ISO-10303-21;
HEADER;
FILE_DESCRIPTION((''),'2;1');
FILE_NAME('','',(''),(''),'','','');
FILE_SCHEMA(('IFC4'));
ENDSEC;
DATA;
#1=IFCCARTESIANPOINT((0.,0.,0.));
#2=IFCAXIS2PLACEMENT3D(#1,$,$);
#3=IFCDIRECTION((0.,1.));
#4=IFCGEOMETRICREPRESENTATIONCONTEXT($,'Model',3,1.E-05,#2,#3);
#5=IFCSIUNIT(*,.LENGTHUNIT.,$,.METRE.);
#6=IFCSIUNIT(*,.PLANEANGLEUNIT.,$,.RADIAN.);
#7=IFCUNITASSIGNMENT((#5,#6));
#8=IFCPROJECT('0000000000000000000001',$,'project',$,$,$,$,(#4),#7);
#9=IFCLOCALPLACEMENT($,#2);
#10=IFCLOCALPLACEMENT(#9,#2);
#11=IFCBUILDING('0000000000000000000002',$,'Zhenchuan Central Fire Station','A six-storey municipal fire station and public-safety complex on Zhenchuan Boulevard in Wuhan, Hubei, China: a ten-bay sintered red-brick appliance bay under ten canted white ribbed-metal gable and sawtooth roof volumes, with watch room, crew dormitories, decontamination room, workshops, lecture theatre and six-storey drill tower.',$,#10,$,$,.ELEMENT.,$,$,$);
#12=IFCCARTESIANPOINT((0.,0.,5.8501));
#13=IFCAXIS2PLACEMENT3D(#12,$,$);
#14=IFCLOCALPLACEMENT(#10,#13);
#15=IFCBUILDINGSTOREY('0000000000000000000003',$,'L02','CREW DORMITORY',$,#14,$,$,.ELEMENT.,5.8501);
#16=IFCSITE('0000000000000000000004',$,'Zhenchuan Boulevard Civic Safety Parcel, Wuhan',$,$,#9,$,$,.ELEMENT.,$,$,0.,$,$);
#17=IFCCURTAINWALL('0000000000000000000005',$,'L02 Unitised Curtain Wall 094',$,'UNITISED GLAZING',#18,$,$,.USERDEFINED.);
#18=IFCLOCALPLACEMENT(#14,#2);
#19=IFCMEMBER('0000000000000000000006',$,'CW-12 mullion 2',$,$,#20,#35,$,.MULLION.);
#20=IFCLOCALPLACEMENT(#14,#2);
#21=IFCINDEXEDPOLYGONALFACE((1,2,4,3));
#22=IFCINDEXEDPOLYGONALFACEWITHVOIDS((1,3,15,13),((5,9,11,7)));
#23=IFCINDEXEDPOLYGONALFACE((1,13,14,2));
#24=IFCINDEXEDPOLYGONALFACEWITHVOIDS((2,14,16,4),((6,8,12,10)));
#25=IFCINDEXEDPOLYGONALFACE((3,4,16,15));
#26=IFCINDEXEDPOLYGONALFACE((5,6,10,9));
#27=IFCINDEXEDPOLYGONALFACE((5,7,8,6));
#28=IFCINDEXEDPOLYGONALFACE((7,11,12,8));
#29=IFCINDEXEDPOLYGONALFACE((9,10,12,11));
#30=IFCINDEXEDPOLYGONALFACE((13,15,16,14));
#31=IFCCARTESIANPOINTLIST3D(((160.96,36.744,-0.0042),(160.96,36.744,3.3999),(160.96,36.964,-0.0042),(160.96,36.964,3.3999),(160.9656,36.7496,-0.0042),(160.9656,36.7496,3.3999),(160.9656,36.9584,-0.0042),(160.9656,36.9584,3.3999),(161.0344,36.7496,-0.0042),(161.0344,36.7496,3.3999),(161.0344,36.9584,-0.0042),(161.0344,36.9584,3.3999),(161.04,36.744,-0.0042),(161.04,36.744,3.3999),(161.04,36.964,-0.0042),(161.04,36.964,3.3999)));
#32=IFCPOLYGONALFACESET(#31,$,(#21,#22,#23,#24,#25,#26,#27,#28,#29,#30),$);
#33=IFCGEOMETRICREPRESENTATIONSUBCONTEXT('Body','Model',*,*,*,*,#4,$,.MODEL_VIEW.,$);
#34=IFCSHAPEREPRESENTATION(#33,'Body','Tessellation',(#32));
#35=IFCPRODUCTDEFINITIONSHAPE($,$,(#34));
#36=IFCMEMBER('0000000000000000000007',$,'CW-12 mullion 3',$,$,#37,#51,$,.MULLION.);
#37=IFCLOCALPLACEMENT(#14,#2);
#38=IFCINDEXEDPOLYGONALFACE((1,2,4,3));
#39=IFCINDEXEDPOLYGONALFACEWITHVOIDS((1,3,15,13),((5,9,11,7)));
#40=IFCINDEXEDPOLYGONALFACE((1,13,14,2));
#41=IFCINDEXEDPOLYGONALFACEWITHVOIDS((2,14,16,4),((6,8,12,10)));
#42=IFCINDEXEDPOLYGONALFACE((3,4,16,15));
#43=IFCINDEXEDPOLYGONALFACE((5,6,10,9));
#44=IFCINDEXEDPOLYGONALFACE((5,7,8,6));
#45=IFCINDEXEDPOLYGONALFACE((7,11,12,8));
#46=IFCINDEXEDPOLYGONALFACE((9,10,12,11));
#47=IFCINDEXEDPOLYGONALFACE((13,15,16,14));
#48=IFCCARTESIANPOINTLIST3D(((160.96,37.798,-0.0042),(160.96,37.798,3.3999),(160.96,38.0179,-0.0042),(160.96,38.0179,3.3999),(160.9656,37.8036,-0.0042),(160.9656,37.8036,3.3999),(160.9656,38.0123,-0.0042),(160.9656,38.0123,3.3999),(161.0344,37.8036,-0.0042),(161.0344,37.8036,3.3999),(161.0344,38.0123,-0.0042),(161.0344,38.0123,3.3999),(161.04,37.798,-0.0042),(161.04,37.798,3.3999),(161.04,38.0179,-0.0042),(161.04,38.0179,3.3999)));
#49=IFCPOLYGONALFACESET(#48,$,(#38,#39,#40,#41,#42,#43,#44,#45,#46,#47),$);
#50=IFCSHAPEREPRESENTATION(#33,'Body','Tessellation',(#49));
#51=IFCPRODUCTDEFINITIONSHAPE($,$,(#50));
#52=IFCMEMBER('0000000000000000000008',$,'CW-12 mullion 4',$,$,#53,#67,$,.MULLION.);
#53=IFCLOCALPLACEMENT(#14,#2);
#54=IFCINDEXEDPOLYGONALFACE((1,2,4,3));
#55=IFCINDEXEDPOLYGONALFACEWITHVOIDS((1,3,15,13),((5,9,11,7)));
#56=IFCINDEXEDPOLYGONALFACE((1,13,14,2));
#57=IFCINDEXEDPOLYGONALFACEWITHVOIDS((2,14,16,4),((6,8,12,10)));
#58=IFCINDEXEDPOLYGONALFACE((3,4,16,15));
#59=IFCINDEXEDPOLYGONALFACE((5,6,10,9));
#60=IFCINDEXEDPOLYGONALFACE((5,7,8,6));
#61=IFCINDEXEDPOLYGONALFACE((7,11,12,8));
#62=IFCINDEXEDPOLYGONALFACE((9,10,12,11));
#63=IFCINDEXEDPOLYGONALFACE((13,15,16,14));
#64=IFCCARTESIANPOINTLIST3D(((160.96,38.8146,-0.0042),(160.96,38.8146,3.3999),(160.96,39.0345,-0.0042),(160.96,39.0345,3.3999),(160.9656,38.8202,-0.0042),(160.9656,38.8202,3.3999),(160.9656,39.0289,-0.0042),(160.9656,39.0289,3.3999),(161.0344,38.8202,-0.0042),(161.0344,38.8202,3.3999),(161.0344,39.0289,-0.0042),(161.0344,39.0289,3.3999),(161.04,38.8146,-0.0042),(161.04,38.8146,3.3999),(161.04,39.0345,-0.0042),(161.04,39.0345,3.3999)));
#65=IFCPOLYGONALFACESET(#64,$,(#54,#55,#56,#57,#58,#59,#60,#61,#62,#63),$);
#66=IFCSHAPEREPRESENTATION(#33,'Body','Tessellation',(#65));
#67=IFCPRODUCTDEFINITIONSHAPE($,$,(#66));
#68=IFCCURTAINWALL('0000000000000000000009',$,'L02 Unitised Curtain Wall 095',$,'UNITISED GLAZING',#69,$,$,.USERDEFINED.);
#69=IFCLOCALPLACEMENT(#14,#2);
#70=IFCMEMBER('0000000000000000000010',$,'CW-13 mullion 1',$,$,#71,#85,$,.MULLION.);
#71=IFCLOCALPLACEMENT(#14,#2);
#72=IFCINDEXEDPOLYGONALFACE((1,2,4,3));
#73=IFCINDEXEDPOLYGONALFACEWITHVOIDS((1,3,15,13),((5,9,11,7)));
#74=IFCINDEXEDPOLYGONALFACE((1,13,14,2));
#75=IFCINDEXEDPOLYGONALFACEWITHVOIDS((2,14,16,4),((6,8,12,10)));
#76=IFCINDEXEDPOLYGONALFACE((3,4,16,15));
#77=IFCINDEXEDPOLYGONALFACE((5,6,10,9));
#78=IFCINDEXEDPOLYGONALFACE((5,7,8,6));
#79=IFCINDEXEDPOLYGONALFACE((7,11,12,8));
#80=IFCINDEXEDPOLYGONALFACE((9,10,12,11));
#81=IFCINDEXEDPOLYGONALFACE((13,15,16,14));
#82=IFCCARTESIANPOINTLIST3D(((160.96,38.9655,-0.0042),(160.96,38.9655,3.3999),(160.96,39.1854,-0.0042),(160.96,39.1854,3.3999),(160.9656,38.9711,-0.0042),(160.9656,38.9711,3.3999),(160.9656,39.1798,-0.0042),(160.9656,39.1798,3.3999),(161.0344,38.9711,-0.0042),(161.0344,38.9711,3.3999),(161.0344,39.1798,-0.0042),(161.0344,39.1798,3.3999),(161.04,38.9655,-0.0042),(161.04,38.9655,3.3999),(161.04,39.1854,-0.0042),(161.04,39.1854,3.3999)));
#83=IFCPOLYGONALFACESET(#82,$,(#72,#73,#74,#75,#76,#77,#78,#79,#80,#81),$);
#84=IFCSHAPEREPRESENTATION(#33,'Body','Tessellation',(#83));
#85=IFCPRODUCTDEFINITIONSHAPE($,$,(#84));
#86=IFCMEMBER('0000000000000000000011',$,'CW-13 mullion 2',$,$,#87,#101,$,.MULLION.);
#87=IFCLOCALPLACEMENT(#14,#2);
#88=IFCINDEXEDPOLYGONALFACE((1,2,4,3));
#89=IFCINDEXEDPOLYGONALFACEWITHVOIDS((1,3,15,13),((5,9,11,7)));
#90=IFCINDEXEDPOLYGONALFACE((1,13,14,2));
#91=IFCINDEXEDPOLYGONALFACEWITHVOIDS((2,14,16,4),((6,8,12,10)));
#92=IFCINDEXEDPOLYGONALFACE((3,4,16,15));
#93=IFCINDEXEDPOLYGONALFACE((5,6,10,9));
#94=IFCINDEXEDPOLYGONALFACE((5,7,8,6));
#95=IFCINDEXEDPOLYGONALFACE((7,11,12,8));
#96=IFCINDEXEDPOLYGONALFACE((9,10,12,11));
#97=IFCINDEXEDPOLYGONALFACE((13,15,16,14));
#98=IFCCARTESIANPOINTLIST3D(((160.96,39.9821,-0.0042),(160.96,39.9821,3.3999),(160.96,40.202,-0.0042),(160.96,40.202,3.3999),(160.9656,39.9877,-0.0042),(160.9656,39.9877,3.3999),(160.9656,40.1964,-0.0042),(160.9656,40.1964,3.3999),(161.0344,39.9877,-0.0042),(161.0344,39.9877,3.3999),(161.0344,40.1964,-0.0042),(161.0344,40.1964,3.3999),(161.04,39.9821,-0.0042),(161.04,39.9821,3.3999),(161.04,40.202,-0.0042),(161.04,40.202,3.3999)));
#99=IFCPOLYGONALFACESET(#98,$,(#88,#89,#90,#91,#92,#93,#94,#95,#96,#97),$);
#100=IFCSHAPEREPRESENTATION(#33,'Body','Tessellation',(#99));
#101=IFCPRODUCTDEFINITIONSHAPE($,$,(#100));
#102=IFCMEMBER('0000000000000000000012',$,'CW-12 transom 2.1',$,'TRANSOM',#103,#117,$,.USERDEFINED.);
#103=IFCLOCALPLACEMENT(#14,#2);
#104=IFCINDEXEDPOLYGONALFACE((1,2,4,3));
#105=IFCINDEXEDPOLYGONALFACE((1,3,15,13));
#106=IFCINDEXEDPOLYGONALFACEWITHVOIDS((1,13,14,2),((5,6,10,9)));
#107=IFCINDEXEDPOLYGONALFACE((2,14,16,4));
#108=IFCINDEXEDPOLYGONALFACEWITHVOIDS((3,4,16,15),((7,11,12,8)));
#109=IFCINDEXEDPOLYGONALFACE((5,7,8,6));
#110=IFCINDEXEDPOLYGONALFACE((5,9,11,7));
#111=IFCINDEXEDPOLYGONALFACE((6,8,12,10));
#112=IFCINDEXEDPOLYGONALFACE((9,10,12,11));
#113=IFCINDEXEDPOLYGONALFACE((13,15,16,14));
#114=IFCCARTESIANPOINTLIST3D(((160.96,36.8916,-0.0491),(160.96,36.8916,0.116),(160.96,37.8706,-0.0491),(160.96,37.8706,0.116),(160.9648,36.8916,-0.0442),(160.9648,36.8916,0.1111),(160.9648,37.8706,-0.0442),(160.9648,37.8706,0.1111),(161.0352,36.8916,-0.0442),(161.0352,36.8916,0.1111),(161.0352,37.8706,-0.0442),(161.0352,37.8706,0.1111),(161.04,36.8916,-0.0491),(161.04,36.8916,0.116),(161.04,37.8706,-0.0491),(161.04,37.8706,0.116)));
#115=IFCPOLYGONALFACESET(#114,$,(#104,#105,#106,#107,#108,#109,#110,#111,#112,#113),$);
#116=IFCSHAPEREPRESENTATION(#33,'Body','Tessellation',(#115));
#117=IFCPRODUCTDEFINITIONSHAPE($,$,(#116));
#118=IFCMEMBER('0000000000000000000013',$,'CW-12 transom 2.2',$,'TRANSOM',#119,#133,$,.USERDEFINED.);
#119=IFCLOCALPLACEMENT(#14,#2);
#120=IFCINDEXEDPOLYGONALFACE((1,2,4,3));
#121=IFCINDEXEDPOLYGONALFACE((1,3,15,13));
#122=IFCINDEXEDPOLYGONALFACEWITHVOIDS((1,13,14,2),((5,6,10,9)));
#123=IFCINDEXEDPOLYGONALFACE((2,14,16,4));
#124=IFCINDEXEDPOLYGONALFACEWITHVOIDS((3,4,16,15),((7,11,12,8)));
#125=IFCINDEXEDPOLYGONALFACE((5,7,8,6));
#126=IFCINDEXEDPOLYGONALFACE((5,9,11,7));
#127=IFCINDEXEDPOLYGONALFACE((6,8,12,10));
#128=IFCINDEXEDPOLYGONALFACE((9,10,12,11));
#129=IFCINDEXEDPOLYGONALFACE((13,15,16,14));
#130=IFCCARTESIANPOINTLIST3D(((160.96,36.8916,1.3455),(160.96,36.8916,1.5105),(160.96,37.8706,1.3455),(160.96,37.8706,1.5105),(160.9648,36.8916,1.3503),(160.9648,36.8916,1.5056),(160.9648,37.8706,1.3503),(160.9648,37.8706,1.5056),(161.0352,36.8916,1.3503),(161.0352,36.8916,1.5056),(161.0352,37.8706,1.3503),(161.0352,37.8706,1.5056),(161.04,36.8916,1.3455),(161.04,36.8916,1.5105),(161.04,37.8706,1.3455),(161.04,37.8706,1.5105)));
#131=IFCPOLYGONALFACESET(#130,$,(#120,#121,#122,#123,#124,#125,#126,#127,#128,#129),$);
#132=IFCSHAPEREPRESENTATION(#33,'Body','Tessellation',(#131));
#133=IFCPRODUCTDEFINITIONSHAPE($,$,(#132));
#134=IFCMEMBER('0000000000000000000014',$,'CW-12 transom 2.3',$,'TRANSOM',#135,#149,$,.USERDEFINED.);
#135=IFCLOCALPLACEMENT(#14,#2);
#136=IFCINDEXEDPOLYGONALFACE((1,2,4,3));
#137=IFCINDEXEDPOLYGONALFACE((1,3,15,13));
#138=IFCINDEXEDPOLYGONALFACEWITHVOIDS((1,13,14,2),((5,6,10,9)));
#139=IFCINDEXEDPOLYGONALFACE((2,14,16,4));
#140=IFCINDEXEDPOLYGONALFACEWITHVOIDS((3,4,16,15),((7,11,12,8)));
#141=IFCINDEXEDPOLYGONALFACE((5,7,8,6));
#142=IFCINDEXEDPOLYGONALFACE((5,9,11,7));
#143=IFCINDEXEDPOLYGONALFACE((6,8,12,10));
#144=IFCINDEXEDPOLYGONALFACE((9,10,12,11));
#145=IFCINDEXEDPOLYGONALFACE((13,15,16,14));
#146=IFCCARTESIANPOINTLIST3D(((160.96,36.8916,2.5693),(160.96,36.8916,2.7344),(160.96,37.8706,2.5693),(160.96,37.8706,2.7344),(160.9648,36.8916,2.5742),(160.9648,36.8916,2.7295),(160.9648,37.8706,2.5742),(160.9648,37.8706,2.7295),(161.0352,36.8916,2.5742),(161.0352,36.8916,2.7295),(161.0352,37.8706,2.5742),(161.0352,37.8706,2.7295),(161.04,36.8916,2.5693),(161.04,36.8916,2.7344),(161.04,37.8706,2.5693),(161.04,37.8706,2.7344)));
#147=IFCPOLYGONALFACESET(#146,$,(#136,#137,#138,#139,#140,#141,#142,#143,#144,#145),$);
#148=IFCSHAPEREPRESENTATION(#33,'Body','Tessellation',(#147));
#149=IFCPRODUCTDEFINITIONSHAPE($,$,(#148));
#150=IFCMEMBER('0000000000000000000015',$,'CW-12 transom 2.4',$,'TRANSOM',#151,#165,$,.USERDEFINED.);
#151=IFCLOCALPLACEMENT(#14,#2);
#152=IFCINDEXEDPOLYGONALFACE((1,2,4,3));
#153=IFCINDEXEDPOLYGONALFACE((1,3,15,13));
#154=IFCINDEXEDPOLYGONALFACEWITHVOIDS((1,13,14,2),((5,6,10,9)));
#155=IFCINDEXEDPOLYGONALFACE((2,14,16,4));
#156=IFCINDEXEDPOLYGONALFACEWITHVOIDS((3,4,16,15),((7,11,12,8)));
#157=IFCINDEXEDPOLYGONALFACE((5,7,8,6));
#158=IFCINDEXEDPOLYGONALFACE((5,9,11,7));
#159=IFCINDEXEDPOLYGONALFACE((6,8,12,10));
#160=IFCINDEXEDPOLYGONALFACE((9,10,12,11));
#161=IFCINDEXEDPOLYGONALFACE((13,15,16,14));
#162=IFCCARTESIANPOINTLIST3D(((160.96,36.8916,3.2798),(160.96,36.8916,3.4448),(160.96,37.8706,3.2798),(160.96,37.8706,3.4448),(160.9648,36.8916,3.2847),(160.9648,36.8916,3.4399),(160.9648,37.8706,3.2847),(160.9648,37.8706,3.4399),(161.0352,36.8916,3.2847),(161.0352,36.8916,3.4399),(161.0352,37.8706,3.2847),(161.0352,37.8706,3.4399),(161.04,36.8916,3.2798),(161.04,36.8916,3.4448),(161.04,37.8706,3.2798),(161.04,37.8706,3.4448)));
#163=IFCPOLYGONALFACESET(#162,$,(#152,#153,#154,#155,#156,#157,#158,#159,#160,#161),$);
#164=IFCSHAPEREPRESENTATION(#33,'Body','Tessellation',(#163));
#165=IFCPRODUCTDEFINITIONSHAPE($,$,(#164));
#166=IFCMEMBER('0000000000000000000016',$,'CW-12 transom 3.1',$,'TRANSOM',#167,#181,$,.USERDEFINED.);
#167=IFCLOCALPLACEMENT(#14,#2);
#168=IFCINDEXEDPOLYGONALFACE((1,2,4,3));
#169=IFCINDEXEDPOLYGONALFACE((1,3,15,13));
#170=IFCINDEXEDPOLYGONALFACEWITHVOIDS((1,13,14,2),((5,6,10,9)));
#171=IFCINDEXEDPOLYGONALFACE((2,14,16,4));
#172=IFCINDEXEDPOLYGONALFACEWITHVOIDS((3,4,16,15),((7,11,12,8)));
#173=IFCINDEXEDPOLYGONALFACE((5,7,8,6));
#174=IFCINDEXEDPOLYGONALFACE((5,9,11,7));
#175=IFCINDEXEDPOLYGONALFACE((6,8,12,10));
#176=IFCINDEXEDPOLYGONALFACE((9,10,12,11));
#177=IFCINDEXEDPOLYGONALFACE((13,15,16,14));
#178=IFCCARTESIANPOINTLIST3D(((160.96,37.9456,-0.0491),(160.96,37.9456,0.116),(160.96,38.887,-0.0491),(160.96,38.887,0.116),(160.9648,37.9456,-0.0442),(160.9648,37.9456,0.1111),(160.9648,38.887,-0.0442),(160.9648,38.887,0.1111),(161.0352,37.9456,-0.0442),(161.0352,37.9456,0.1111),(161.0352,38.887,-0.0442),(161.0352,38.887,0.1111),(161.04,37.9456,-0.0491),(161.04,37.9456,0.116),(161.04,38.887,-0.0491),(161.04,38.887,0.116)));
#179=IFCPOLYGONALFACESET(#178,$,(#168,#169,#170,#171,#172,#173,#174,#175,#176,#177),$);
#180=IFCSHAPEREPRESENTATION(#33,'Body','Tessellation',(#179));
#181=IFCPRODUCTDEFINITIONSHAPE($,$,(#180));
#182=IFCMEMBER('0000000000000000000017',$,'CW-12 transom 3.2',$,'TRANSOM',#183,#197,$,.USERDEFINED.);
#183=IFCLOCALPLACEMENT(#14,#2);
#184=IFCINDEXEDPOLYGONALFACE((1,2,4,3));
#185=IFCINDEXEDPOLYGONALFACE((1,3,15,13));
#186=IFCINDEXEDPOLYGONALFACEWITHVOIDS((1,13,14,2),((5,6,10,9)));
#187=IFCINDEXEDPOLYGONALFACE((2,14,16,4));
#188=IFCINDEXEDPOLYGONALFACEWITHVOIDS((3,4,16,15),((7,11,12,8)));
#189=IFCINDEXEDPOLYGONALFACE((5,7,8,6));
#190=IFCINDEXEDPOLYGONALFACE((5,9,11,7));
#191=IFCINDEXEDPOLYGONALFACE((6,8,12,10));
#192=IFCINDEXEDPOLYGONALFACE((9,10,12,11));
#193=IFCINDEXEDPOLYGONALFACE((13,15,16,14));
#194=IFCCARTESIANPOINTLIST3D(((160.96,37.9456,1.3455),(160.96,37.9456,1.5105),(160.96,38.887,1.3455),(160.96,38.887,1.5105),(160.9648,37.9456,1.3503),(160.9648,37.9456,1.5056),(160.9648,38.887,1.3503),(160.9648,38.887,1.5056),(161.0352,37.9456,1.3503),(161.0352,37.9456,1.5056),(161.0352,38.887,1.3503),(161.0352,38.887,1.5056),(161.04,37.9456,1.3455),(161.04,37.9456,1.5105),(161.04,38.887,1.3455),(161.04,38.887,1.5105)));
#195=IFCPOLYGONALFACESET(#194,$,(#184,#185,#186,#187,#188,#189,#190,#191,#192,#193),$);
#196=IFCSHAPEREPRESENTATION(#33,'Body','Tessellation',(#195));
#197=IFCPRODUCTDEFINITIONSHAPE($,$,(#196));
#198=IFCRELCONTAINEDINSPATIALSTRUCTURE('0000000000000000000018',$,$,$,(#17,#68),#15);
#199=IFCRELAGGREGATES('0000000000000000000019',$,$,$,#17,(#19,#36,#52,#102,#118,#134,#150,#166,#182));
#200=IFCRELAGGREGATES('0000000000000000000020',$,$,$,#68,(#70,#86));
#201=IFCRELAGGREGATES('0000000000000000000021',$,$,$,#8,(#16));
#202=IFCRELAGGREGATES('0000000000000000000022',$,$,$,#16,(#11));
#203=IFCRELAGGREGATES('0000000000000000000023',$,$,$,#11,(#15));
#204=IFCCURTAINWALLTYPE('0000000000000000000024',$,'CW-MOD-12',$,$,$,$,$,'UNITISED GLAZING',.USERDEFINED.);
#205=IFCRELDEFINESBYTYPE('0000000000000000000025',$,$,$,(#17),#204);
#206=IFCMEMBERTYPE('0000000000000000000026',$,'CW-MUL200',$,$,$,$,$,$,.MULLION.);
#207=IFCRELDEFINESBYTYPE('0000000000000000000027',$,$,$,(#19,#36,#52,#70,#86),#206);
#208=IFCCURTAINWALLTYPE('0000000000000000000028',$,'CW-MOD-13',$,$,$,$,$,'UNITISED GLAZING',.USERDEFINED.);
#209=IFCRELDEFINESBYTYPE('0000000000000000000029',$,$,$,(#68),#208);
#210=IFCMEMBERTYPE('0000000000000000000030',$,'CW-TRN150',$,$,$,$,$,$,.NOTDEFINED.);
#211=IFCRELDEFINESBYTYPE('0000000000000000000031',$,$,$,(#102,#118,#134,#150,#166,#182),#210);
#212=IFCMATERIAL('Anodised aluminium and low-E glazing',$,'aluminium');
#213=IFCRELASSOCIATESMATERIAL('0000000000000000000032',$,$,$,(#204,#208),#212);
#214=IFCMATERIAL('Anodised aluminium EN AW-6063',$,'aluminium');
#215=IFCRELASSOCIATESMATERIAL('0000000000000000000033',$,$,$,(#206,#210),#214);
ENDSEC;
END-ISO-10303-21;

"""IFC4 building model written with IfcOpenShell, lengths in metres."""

from ifc_helpers import new_model, si_unit, direction, frame, origin, origin_2d, place, context, subcontext, project, spatial, hollow_rectangle, extrude, material, material_profile, profile_set, type_object, element, aggregate, save


model = new_model("IFC4")

# Units and contexts
model_context = context("Model", 3, precision=1e-05, world=origin(), true_north=direction((0.0, 1.0)))
body_context = subcontext(model_context, "Body", "Model", "MODEL_VIEW")
ifc_project = project(units=[si_unit("LENGTHUNIT", "METRE"), si_unit("PLANEANGLEUNIT", "RADIAN")], contexts=[model_context])

# Site, building, storey
site_placement = place(None, origin())
site = spatial("IfcSite", under=ifc_project, at=site_placement, Name="Zhenchuan Boulevard Civic Safety Parcel, Wuhan", CompositionType="ELEMENT", RefElevation=0.0)
building_placement = place(site_placement, origin())
building = spatial("IfcBuilding", under=site, at=building_placement, Name="Zhenchuan Central Fire Station", Description="A six-storey municipal fire station and public-safety complex on Zhenchuan Boulevard in Wuhan, Hubei, China: a ten-bay sintered red-brick appliance bay under ten canted white ribbed-metal gable and sawtooth roof volumes, with watch room, crew dormitories, decontamination room, workshops, lecture theatre and six-storey drill tower.", CompositionType="ELEMENT")
storey_placement = place(building_placement, frame((0.0, 0.0, 5.8501)))
storey = spatial("IfcBuildingStorey", under=building, at=storey_placement, Name="L02", Description="CREW DORMITORY", CompositionType="ELEMENT", Elevation=5.8501)

# Curtain walls, members
ifc_material_1 = material(Name="Anodised aluminium and low-E glazing", Category="aluminium")
curtain_wall_type_1 = type_object("IfcCurtainWallType", Name="CW-MOD-12", ElementType="UNITISED GLAZING", PredefinedType="USERDEFINED", material=ifc_material_1)
curtain_wall_1_placement = place(storey_placement, origin())
curtain_wall_1 = element("IfcCurtainWall", 1, at=curtain_wall_1_placement, inside=storey, type_object=curtain_wall_type_1, Name="L02 Unitised Curtain Wall 094", ObjectType="UNITISED GLAZING", PredefinedType="USERDEFINED")
ifc_material_2 = material(Name="Anodised aluminium EN AW-6063", Category="aluminium")
ifc_material_profile_1 = material_profile(ifc_material_2, hollow_rectangle(XDim=0.0801, YDim=0.22, WallThickness=0.0056, at=origin_2d()), Name="ALU-M 220x80")
ifc_profile_set_1 = profile_set([ifc_material_profile_1], Name="Anodised aluminium EN AW-6063")
member_type_1 = type_object("IfcMemberType", Name="CW-MUL200", PredefinedType="MULLION", material=ifc_profile_set_1)
member_1_placement = place(storey_placement, frame((161.0, 36.854, -0.0042), z_axis=(0.0, 0.0, 1.0), x_axis=(-1.0, 0.0, 0.0)))
member_1 = element("IfcMember", 2, at=member_1_placement, type_object=member_type_1, Name="CW-12 mullion 2", PredefinedType="MULLION", context=body_context, shape_type="SweptSolid", body=[
    extrude(hollow_rectangle(XDim=0.0801, YDim=0.22, WallThickness=0.0056, at=origin_2d()), origin(), (0.0, 0.0, 1.0), 3.4041),
])
member_2_placement = place(storey_placement, frame((161.0, 37.908, -0.0042), z_axis=(0.0, 0.0, 1.0), x_axis=(-1.0, 0.0, 0.0)))
member_2 = element("IfcMember", 3, at=member_2_placement, type_object=member_type_1, Name="CW-12 mullion 3", PredefinedType="MULLION", context=body_context, shape_type="SweptSolid", body=[
    extrude(hollow_rectangle(XDim=0.0801, YDim=0.22, WallThickness=0.0056, at=origin_2d()), origin(), (0.0, 0.0, 1.0), 3.4041),
])
member_3_placement = place(storey_placement, frame((161.0, 38.9246, -0.0042), z_axis=(0.0, 0.0, 1.0), x_axis=(-1.0, 0.0, 0.0)))
member_3 = element("IfcMember", 4, at=member_3_placement, type_object=member_type_1, Name="CW-12 mullion 4", PredefinedType="MULLION", context=body_context, shape_type="SweptSolid", body=[
    extrude(hollow_rectangle(XDim=0.0801, YDim=0.22, WallThickness=0.0056, at=origin_2d()), origin(), (0.0, 0.0, 1.0), 3.4041),
])
curtain_wall_type_2 = type_object("IfcCurtainWallType", Name="CW-MOD-13", ElementType="UNITISED GLAZING", PredefinedType="USERDEFINED", material=ifc_material_1)
curtain_wall_2_placement = place(storey_placement, origin())
curtain_wall_2 = element("IfcCurtainWall", 5, at=curtain_wall_2_placement, inside=storey, type_object=curtain_wall_type_2, Name="L02 Unitised Curtain Wall 095", ObjectType="UNITISED GLAZING", PredefinedType="USERDEFINED")
member_4_placement = place(storey_placement, frame((161.0, 39.0754, -0.0042), z_axis=(0.0, 0.0, 1.0), x_axis=(-1.0, 0.0, 0.0)))
member_4 = element("IfcMember", 6, at=member_4_placement, type_object=member_type_1, Name="CW-13 mullion 1", PredefinedType="MULLION", context=body_context, shape_type="SweptSolid", body=[
    extrude(hollow_rectangle(XDim=0.0801, YDim=0.22, WallThickness=0.0056, at=origin_2d()), origin(), (0.0, 0.0, 1.0), 3.4041),
])
member_5_placement = place(storey_placement, frame((161.0, 40.092, -0.0042), z_axis=(0.0, 0.0, 1.0), x_axis=(-1.0, 0.0, 0.0)))
member_5 = element("IfcMember", 7, at=member_5_placement, type_object=member_type_1, Name="CW-13 mullion 2", PredefinedType="MULLION", context=body_context, shape_type="SweptSolid", body=[
    extrude(hollow_rectangle(XDim=0.0801, YDim=0.22, WallThickness=0.0056, at=origin_2d()), origin(), (0.0, 0.0, 1.0), 3.4041),
])

# Members
ifc_material_profile_2 = material_profile(ifc_material_2, hollow_rectangle(XDim=0.0801, YDim=0.165, WallThickness=0.0049, at=origin_2d()), Name="ALU-T 165x80")
ifc_profile_set_2 = profile_set([ifc_material_profile_2], Name="Anodised aluminium EN AW-6063")
member_type_2 = type_object("IfcMemberType", Name="CW-TRN150", PredefinedType="NOTDEFINED", material=ifc_profile_set_2)
member_6_placement = place(storey_placement, frame((161.0, 36.8916, 0.0334), z_axis=(0.0, 1.0, 0.0), x_axis=(-1.0, 0.0, 0.0)))
member_6 = element("IfcMember", 8, at=member_6_placement, type_object=member_type_2, Name="CW-12 transom 2.1", ObjectType="TRANSOM", PredefinedType="USERDEFINED", context=body_context, shape_type="SweptSolid", body=[
    extrude(hollow_rectangle(XDim=0.0801, YDim=0.165, WallThickness=0.0049, at=origin_2d()), origin(), (0.0, 0.0, 1.0), 0.979),
])
member_7_placement = place(storey_placement, frame((161.0, 36.8916, 1.428), z_axis=(0.0, 1.0, 0.0), x_axis=(-1.0, 0.0, 0.0)))
member_7 = element("IfcMember", 9, at=member_7_placement, type_object=member_type_2, Name="CW-12 transom 2.2", ObjectType="TRANSOM", PredefinedType="USERDEFINED", context=body_context, shape_type="SweptSolid", body=[
    extrude(hollow_rectangle(XDim=0.0801, YDim=0.165, WallThickness=0.0049, at=origin_2d()), origin(), (0.0, 0.0, 1.0), 0.979),
])
member_8_placement = place(storey_placement, frame((161.0, 36.8916, 2.6519), z_axis=(0.0, 1.0, 0.0), x_axis=(-1.0, 0.0, 0.0)))
member_8 = element("IfcMember", 10, at=member_8_placement, type_object=member_type_2, Name="CW-12 transom 2.3", ObjectType="TRANSOM", PredefinedType="USERDEFINED", context=body_context, shape_type="SweptSolid", body=[
    extrude(hollow_rectangle(XDim=0.0801, YDim=0.165, WallThickness=0.0049, at=origin_2d()), origin(), (0.0, 0.0, 1.0), 0.979),
])
member_9_placement = place(storey_placement, frame((161.0, 36.8916, 3.3623), z_axis=(0.0, 1.0, 0.0), x_axis=(-1.0, 0.0, 0.0)))
member_9 = element("IfcMember", 11, at=member_9_placement, type_object=member_type_2, Name="CW-12 transom 2.4", ObjectType="TRANSOM", PredefinedType="USERDEFINED", context=body_context, shape_type="SweptSolid", body=[
    extrude(hollow_rectangle(XDim=0.0801, YDim=0.165, WallThickness=0.0049, at=origin_2d()), origin(), (0.0, 0.0, 1.0), 0.979),
])
member_10_placement = place(storey_placement, frame((161.0, 37.9456, 0.0334), z_axis=(0.0, 1.0, 0.0), x_axis=(-1.0, 0.0, 0.0)))
member_10 = element("IfcMember", 12, at=member_10_placement, type_object=member_type_2, Name="CW-12 transom 3.1", ObjectType="TRANSOM", PredefinedType="USERDEFINED", context=body_context, shape_type="SweptSolid", body=[
    extrude(hollow_rectangle(XDim=0.0801, YDim=0.165, WallThickness=0.0049, at=origin_2d()), origin(), (0.0, 0.0, 1.0), 0.9414),
])
member_11_placement = place(storey_placement, frame((161.0, 37.9456, 1.428), z_axis=(0.0, 1.0, 0.0), x_axis=(-1.0, 0.0, 0.0)))
member_11 = element("IfcMember", 13, at=member_11_placement, type_object=member_type_2, Name="CW-12 transom 3.2", ObjectType="TRANSOM", PredefinedType="USERDEFINED", context=body_context, shape_type="SweptSolid", body=[
    extrude(hollow_rectangle(XDim=0.0801, YDim=0.165, WallThickness=0.0049, at=origin_2d()), origin(), (0.0, 0.0, 1.0), 0.9414),
])

aggregate(curtain_wall_1, [member_1, member_2, member_3, member_6, member_7, member_8, member_9, member_10, member_11])
aggregate(curtain_wall_2, [member_4, member_5])

save(model, "model.ifc")
